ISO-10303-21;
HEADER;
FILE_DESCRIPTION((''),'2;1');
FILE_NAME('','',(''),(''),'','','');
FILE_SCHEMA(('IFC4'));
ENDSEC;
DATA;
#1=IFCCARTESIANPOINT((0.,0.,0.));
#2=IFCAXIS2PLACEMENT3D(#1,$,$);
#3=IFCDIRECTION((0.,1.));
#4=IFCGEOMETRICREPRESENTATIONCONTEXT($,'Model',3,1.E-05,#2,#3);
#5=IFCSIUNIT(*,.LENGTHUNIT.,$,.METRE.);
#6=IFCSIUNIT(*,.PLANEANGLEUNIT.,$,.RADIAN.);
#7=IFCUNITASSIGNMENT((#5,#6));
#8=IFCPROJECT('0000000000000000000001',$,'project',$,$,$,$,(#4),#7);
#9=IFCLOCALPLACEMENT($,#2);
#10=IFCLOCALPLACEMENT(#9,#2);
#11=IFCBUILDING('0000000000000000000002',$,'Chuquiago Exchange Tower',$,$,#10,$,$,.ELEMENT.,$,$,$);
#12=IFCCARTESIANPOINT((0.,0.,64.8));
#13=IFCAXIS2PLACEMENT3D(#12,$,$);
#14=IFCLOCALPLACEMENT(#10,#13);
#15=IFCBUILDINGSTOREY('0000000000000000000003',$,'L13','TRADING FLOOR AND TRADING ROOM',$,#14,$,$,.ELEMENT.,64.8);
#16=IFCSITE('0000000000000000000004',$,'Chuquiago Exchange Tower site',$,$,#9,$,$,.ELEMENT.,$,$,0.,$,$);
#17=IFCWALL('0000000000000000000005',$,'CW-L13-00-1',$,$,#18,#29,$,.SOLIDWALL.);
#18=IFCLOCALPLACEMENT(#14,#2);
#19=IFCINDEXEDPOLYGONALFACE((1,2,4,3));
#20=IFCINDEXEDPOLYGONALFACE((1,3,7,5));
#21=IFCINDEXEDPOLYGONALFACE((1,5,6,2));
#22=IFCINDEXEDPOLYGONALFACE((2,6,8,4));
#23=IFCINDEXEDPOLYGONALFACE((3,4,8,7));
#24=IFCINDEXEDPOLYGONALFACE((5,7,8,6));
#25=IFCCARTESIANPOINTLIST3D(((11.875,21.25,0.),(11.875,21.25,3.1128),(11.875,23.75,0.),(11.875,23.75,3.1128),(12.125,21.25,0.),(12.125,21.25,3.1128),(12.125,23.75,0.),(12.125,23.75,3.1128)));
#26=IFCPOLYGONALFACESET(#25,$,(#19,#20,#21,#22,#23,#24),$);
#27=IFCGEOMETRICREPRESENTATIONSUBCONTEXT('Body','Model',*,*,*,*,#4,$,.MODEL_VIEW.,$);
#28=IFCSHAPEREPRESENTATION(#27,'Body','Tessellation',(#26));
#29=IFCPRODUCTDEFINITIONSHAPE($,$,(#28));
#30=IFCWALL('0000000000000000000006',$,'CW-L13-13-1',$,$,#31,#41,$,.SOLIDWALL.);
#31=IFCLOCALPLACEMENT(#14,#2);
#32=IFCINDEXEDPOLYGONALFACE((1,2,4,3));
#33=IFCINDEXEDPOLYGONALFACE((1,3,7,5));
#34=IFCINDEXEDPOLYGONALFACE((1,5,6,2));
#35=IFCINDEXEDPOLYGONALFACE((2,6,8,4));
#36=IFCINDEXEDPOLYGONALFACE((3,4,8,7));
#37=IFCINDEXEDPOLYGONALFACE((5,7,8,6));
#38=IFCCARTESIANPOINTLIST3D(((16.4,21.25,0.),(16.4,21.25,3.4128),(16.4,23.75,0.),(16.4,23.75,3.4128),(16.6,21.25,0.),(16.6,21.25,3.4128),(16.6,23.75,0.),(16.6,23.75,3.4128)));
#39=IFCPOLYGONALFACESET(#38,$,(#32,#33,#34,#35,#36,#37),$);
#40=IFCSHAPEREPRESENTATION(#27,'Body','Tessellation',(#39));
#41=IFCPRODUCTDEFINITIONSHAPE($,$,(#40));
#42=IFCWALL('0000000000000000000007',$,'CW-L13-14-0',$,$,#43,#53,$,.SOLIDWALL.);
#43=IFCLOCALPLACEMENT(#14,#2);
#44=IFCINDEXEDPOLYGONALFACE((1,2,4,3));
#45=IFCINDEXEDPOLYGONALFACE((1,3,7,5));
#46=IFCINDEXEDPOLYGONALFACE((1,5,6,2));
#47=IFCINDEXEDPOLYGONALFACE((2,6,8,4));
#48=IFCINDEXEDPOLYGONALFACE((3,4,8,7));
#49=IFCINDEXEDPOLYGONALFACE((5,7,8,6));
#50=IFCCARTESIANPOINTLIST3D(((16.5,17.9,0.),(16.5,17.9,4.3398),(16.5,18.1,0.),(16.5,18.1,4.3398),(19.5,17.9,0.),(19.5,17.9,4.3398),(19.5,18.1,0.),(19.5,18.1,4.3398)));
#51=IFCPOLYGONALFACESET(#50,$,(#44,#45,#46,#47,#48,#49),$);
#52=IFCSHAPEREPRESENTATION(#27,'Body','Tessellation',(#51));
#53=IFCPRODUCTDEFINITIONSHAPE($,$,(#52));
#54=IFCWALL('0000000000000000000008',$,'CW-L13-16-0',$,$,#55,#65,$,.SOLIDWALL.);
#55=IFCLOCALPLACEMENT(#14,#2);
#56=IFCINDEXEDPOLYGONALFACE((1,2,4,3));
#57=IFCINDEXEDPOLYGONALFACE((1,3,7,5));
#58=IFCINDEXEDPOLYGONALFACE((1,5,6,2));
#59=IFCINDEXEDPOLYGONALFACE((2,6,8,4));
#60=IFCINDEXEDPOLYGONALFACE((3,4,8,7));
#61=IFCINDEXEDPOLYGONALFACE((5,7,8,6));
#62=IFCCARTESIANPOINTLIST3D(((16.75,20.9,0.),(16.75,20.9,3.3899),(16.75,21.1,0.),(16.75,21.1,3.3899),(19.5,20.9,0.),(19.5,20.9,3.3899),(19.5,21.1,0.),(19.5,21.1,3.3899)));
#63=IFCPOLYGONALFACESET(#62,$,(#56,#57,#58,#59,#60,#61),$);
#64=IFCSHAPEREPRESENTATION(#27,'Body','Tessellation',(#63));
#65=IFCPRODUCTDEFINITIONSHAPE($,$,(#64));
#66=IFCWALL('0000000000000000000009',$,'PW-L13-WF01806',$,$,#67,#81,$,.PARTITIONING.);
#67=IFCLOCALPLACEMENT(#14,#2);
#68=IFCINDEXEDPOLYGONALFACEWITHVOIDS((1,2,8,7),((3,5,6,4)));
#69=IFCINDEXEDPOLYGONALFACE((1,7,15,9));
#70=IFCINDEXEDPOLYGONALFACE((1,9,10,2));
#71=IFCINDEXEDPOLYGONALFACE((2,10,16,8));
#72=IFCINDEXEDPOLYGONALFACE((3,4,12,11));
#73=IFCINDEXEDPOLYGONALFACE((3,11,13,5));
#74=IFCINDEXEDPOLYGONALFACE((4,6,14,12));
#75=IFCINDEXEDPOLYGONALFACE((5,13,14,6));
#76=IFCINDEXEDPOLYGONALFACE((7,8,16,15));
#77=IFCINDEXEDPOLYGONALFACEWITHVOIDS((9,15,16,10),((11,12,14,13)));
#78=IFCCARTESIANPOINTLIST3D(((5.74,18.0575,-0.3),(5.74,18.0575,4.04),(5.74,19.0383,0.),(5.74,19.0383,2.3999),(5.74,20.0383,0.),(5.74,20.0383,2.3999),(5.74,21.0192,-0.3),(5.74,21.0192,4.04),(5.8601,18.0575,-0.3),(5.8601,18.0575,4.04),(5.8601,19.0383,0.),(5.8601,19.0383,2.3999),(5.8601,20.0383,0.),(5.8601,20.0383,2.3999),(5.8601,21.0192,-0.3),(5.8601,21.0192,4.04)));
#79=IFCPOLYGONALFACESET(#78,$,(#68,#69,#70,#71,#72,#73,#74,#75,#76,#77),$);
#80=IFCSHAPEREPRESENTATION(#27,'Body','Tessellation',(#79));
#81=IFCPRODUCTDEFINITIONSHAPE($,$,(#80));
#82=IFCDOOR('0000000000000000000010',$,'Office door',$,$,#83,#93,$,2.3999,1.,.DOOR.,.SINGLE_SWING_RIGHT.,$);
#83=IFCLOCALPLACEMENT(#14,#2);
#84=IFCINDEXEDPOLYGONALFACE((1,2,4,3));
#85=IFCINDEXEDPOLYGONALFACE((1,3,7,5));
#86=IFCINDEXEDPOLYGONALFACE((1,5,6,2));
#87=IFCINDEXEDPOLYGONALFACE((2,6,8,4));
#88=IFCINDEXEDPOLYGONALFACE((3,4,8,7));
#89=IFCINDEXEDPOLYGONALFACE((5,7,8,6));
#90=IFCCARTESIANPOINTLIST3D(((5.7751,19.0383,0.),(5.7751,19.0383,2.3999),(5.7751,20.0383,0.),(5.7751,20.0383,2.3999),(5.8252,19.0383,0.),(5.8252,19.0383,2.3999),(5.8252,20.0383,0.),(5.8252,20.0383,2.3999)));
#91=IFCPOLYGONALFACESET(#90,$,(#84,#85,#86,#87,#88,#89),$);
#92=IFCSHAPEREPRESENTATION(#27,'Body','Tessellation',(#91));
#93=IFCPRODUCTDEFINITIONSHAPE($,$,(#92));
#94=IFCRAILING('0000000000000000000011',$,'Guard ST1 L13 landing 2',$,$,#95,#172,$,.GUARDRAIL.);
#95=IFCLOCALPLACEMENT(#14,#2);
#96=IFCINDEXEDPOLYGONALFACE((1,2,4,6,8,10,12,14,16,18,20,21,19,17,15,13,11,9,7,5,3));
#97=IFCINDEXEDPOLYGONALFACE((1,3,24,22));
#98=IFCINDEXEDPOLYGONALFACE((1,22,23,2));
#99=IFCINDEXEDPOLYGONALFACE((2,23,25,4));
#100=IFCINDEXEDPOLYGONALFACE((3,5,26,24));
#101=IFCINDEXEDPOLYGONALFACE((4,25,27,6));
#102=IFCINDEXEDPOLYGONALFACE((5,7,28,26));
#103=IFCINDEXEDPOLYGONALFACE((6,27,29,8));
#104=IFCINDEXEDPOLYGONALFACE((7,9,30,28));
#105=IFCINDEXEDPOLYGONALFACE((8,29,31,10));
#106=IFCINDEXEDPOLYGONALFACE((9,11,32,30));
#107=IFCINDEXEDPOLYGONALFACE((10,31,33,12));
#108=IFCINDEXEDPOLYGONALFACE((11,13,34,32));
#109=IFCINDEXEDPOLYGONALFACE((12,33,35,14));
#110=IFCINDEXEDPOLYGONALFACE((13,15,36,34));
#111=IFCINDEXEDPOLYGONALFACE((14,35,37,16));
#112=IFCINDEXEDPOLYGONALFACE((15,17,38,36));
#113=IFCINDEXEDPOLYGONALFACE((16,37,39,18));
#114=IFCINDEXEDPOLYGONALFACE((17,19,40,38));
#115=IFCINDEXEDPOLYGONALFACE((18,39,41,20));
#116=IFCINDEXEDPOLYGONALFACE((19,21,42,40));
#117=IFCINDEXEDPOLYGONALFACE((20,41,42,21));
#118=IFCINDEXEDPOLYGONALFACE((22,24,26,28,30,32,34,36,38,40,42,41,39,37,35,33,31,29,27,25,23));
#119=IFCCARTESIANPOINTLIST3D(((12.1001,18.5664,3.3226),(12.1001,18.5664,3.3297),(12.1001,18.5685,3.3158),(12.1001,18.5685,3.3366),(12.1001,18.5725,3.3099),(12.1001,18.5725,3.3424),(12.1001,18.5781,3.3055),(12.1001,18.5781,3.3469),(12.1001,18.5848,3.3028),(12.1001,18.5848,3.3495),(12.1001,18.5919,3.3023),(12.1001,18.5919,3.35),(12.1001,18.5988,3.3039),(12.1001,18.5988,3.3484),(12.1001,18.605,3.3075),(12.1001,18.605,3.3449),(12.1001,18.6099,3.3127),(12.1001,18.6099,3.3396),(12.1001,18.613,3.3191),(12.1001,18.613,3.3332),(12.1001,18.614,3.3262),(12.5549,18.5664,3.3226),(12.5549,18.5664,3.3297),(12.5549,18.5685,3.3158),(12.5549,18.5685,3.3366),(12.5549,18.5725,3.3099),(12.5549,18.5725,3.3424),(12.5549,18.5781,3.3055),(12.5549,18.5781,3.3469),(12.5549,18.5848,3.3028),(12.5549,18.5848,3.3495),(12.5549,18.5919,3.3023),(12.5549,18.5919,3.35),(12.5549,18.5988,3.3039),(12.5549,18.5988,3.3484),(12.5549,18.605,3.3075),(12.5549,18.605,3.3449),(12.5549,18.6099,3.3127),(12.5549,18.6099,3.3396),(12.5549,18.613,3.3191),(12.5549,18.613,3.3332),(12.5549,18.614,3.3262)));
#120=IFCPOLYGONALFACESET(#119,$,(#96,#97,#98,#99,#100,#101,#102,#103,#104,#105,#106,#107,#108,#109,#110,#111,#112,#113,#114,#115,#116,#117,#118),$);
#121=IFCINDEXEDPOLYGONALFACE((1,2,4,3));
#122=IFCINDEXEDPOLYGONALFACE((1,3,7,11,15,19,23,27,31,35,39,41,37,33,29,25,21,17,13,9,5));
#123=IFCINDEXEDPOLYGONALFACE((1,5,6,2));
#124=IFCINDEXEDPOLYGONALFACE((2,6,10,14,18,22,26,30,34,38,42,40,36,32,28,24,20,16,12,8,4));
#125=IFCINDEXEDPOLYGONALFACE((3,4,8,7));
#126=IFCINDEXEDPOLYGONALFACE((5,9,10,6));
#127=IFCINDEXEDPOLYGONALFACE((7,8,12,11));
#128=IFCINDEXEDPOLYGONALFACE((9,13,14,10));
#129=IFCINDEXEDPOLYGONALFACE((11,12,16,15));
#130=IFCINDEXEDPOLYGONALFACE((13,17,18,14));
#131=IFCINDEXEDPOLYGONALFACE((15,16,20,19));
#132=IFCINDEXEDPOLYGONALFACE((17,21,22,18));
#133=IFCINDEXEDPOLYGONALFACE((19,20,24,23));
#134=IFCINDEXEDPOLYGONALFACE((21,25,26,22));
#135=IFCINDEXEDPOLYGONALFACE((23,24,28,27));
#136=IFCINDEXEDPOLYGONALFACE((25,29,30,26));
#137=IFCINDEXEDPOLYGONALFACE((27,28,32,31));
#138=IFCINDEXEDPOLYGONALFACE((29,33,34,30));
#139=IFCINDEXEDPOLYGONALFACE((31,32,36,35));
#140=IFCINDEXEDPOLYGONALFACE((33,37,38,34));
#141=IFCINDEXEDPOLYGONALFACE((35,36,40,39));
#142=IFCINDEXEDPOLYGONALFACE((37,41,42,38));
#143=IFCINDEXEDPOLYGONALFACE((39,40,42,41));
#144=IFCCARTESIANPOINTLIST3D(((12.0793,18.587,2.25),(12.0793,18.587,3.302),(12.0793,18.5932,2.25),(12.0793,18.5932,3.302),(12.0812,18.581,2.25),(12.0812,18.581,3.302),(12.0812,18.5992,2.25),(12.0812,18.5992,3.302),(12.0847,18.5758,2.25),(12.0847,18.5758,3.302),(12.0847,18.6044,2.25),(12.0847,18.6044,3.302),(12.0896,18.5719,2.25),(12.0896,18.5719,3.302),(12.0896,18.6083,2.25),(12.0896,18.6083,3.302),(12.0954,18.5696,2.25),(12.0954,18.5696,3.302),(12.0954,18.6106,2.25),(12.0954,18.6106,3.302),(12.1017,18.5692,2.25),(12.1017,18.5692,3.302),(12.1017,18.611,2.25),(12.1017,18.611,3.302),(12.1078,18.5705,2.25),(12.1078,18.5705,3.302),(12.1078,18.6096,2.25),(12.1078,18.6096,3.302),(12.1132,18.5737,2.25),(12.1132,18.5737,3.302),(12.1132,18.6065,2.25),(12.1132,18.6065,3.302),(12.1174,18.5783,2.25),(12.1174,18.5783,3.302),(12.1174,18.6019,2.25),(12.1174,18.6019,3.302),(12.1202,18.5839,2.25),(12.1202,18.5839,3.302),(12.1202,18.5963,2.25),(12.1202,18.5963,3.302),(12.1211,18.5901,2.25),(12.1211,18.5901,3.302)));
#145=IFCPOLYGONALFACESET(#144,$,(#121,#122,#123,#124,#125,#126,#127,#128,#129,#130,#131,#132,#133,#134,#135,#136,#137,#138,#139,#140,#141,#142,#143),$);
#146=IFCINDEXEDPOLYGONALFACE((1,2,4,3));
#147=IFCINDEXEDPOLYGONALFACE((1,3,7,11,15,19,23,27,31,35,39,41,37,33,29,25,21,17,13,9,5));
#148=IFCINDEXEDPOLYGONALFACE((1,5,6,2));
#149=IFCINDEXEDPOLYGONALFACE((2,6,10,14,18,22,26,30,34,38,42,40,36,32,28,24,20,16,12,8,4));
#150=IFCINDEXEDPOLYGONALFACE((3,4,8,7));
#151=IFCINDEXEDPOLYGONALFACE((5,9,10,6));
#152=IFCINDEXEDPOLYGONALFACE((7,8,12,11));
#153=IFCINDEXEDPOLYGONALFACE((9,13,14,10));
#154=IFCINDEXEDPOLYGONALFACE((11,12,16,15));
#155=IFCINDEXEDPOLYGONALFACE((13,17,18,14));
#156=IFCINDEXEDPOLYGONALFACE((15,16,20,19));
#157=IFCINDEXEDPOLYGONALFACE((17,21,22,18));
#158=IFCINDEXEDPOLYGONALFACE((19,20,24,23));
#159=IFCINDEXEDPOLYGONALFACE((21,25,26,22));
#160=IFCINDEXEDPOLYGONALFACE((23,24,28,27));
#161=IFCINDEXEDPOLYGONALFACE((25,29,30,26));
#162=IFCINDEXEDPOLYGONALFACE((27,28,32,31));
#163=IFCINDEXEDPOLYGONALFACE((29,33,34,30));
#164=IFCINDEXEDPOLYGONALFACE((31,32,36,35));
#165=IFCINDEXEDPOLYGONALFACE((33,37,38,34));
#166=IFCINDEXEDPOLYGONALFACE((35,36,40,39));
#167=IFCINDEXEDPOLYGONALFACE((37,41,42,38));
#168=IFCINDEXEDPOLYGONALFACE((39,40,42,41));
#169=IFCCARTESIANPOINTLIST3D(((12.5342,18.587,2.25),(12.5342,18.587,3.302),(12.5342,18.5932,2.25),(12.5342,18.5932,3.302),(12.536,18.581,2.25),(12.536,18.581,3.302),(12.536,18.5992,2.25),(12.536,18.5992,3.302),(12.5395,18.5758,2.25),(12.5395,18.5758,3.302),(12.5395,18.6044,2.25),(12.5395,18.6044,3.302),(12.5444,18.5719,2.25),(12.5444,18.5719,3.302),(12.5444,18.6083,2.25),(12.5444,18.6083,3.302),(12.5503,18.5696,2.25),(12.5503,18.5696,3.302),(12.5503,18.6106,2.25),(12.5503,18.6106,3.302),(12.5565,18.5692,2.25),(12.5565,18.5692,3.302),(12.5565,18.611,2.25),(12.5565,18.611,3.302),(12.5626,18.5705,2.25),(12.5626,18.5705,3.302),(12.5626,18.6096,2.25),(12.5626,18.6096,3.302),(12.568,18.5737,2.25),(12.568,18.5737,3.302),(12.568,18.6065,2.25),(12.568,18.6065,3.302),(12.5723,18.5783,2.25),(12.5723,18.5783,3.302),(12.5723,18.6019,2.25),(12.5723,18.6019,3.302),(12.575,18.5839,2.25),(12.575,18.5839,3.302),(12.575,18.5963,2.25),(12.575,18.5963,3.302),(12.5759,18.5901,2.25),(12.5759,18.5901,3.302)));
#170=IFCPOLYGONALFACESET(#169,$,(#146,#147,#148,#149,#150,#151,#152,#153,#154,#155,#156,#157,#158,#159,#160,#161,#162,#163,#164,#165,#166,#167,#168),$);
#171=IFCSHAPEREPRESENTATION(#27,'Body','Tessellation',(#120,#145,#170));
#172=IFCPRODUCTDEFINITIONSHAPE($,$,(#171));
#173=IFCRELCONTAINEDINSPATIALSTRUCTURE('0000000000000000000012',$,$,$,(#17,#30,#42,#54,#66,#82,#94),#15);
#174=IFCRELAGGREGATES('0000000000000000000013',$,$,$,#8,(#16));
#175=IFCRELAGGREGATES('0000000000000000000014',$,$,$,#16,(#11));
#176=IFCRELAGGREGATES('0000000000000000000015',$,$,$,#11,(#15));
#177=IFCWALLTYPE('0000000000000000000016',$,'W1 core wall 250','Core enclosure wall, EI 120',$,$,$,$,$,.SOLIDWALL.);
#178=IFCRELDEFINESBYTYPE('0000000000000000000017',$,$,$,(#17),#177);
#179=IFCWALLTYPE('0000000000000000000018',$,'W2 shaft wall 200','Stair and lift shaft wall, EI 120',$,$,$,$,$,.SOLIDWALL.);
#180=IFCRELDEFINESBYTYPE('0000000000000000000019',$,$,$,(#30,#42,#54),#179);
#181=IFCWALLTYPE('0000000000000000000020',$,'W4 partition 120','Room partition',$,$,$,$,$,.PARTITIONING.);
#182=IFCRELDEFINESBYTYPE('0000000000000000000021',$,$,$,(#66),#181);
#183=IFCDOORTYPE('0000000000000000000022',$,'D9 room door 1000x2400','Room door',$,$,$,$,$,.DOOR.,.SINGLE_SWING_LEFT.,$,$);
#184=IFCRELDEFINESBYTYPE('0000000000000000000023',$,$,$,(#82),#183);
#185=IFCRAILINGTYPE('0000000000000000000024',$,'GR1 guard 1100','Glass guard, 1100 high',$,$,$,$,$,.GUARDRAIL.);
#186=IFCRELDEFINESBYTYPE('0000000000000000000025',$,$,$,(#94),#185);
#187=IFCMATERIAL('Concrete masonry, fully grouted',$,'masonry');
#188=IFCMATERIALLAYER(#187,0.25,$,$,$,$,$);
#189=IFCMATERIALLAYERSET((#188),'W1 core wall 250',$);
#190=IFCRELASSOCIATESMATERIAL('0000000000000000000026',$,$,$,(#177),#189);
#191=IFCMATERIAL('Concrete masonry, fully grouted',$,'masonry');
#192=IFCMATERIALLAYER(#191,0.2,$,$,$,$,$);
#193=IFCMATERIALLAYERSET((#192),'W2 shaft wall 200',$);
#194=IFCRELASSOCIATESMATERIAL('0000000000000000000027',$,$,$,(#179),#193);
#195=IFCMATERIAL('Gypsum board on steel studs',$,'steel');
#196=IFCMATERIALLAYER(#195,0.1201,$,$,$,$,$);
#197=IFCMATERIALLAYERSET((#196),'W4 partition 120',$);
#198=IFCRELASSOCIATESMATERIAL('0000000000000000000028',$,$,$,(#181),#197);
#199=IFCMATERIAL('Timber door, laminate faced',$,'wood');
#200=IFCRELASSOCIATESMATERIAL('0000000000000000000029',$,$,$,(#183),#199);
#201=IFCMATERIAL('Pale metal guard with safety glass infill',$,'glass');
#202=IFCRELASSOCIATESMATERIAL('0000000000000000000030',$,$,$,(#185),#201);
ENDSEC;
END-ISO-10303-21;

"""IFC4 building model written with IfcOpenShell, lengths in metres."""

from ifc_helpers import new_model, si_unit, direction, frame, frame_2d, origin, origin_2d, place, context, subcontext, project, spatial, rectangle, circle, extrude, material, layer, layer_set, type_object, element, fill, save


model = new_model("IFC4")

# Units and contexts
model_context = context("Model", 3, precision=1e-05, world=origin(), true_north=direction((0.0, 1.0)))
body_context = subcontext(model_context, "Body", "Model", "MODEL_VIEW")
ifc_project = project(units=[si_unit("LENGTHUNIT", "METRE"), si_unit("PLANEANGLEUNIT", "RADIAN")], contexts=[model_context])

# Site, building, storey
site_placement = place(None, origin())
site = spatial("IfcSite", under=ifc_project, at=site_placement, Name="Chuquiago Exchange Tower site", CompositionType="ELEMENT", RefElevation=0.0)
building_placement = place(site_placement, origin())
building = spatial("IfcBuilding", under=site, at=building_placement, Name="Chuquiago Exchange Tower", CompositionType="ELEMENT")
storey_placement = place(building_placement, frame((0.0, 0.0, 64.8)))
storey = spatial("IfcBuildingStorey", under=building, at=storey_placement, Name="L13", Description="TRADING FLOOR AND TRADING ROOM", CompositionType="ELEMENT", Elevation=64.8)

# Walls
ifc_material_1 = material(Name="Concrete masonry, fully grouted", Category="masonry")
ifc_layer_1 = layer(ifc_material_1, 0.25)
ifc_layer_set_1 = layer_set([ifc_layer_1], Name="W1 core wall 250")
wall_type_1 = type_object("IfcWallType", Name="W1 core wall 250", Description="Core enclosure wall, EI 120", PredefinedType="SOLIDWALL", material=ifc_layer_set_1)
wall_1_placement = place(storey_placement, frame((12.0, 21.25, 0.0), z_axis=(0.0, 0.0, 1.0), x_axis=(0.0, 1.0, 0.0)))
element("IfcWall", 1, at=wall_1_placement, inside=storey, type_object=wall_type_1, Name="CW-L13-00-1", PredefinedType="SOLIDWALL", context=body_context, shape_type="SweptSolid", body=[
    extrude(rectangle(XDim=2.5, YDim=0.25, at=frame_2d((1.25, 0.0))), origin(), (0.0, 0.0, 1.0), 3.1128),
])
ifc_material_2 = material(Name="Concrete masonry, fully grouted", Category="masonry")
ifc_layer_2 = layer(ifc_material_2, 0.2)
ifc_layer_set_2 = layer_set([ifc_layer_2], Name="W2 shaft wall 200")
wall_type_2 = type_object("IfcWallType", Name="W2 shaft wall 200", Description="Stair and lift shaft wall, EI 120", PredefinedType="SOLIDWALL", material=ifc_layer_set_2)
wall_2_placement = place(storey_placement, frame((16.5, 21.25, 0.0), z_axis=(0.0, 0.0, 1.0), x_axis=(0.0, 1.0, 0.0)))
element("IfcWall", 2, at=wall_2_placement, inside=storey, type_object=wall_type_2, Name="CW-L13-13-1", PredefinedType="SOLIDWALL", context=body_context, shape_type="SweptSolid", body=[
    extrude(rectangle(XDim=2.5, YDim=0.2, at=frame_2d((1.25, 0.0))), origin(), (0.0, 0.0, 1.0), 3.4128),
])
wall_3_placement = place(storey_placement, frame((16.5, 18.0, 0.0), z_axis=(0.0, 0.0, 1.0), x_axis=(1.0, 0.0, 0.0)))
element("IfcWall", 3, at=wall_3_placement, inside=storey, type_object=wall_type_2, Name="CW-L13-14-0", PredefinedType="SOLIDWALL", context=body_context, shape_type="SweptSolid", body=[
    extrude(rectangle(XDim=3.0, YDim=0.2, at=frame_2d((1.5, 0.0))), origin(), (0.0, 0.0, 1.0), 4.3398),
])
wall_4_placement = place(storey_placement, frame((16.75, 21.0, 0.0), z_axis=(0.0, 0.0, 1.0), x_axis=(1.0, 0.0, 0.0)))
element("IfcWall", 4, at=wall_4_placement, inside=storey, type_object=wall_type_2, Name="CW-L13-16-0", PredefinedType="SOLIDWALL", context=body_context, shape_type="SweptSolid", body=[
    extrude(rectangle(XDim=2.75, YDim=0.2, at=frame_2d((1.375, 0.0))), origin(), (0.0, 0.0, 1.0), 3.3899),
])

# Wall, opening, door
ifc_material_3 = material(Name="Gypsum board on steel studs", Category="steel")
ifc_layer_3 = layer(ifc_material_3, 0.1201)
ifc_layer_set_3 = layer_set([ifc_layer_3], Name="W4 partition 120")
wall_type_3 = type_object("IfcWallType", Name="W4 partition 120", Description="Room partition", PredefinedType="PARTITIONING", material=ifc_layer_set_3)
wall_5_placement = place(storey_placement, frame((5.8, 18.0574, -0.3), z_axis=(0.0, 0.0, 1.0), x_axis=(0.0, 1.0, 0.0)))
wall_5 = element("IfcWall", 5, at=wall_5_placement, inside=storey, type_object=wall_type_3, Name="PW-L13-WF01806", PredefinedType="PARTITIONING", context=body_context, shape_type="SweptSolid", body=[
    extrude(rectangle(XDim=2.9617, YDim=0.1201, at=frame_2d((1.481, 0.0))), origin(), (0.0, 0.0, 1.0), 4.3401),
])
opening_placement = place(wall_5_placement, frame((0.981, 0.0, 0.3)))
opening = element("IfcOpeningElement", 6, at=opening_placement, cuts=wall_5, PredefinedType="OPENING", context=body_context, shape_type="SweptSolid", body=[
    extrude(rectangle(XDim=1.0, YDim=2.3999, at=frame_2d((0.5, 1.2))), frame((0.0, 0.0701, 0.0), z_axis=(0.0, -1.0, 0.0), x_axis=(1.0, 0.0, 0.0)), (0.0, 0.0, 1.0), 0.1401),
])
ifc_material_4 = material(Name="Timber door, laminate faced", Category="wood")
door_type = type_object("IfcDoorType", Name="D9 room door 1000x2400", Description="Room door", OperationType="SINGLE_SWING_LEFT", PredefinedType="DOOR", material=ifc_material_4)
door_placement = place(opening_placement, origin())
door = element("IfcDoor", 7, at=door_placement, inside=storey, type_object=door_type, Name="Office door", OperationType="SINGLE_SWING_RIGHT", OverallHeight=2.3999, OverallWidth=1.0, PredefinedType="DOOR", context=body_context, shape_type="SweptSolid", body=[
    extrude(rectangle(XDim=1.0, YDim=2.3999, at=frame_2d((0.5, 1.2))), frame((0.0, 0.0249, 0.0), z_axis=(0.0, -1.0, 0.0), x_axis=(1.0, 0.0, 0.0)), (0.0, 0.0, 1.0), 0.05),
])
fill(opening, door)

# Railing
ifc_material_5 = material(Name="Pale metal guard with safety glass infill", Category="glass")
railing_type_1 = type_object("IfcRailingType", Name="GR1 guard 1100", Description="Glass guard, 1100 high", PredefinedType="GUARDRAIL", material=ifc_material_5)
for number, where, name in (
    (8, (12.1001, 18.5901, 2.25), "Guard ST1 L13 landing 2"),
):
    element("IfcRailing", number, at=place(storey_placement, frame(where)), inside=storey, type_object=railing_type_1, Name=name, PredefinedType="GUARDRAIL", context=body_context, shape_type="SweptSolid", body=[
        extrude(circle(Radius=0.0239, at=origin_2d()), frame((0.0, 0.0, 1.0762), z_axis=(1.0, 0.0, 0.0), x_axis=(0.0, 1.0, 0.0)), (0.0, 0.0, 1.0), 0.4548),
        extrude(circle(Radius=0.021, at=origin_2d()), origin(), (0.0, 0.0, 1.0), 1.052),
        extrude(circle(Radius=0.021, at=origin_2d()), frame((0.4548, 0.0, 0.0)), (0.0, 0.0, 1.0), 1.052),
    ])

save(model, "model.ifc")
